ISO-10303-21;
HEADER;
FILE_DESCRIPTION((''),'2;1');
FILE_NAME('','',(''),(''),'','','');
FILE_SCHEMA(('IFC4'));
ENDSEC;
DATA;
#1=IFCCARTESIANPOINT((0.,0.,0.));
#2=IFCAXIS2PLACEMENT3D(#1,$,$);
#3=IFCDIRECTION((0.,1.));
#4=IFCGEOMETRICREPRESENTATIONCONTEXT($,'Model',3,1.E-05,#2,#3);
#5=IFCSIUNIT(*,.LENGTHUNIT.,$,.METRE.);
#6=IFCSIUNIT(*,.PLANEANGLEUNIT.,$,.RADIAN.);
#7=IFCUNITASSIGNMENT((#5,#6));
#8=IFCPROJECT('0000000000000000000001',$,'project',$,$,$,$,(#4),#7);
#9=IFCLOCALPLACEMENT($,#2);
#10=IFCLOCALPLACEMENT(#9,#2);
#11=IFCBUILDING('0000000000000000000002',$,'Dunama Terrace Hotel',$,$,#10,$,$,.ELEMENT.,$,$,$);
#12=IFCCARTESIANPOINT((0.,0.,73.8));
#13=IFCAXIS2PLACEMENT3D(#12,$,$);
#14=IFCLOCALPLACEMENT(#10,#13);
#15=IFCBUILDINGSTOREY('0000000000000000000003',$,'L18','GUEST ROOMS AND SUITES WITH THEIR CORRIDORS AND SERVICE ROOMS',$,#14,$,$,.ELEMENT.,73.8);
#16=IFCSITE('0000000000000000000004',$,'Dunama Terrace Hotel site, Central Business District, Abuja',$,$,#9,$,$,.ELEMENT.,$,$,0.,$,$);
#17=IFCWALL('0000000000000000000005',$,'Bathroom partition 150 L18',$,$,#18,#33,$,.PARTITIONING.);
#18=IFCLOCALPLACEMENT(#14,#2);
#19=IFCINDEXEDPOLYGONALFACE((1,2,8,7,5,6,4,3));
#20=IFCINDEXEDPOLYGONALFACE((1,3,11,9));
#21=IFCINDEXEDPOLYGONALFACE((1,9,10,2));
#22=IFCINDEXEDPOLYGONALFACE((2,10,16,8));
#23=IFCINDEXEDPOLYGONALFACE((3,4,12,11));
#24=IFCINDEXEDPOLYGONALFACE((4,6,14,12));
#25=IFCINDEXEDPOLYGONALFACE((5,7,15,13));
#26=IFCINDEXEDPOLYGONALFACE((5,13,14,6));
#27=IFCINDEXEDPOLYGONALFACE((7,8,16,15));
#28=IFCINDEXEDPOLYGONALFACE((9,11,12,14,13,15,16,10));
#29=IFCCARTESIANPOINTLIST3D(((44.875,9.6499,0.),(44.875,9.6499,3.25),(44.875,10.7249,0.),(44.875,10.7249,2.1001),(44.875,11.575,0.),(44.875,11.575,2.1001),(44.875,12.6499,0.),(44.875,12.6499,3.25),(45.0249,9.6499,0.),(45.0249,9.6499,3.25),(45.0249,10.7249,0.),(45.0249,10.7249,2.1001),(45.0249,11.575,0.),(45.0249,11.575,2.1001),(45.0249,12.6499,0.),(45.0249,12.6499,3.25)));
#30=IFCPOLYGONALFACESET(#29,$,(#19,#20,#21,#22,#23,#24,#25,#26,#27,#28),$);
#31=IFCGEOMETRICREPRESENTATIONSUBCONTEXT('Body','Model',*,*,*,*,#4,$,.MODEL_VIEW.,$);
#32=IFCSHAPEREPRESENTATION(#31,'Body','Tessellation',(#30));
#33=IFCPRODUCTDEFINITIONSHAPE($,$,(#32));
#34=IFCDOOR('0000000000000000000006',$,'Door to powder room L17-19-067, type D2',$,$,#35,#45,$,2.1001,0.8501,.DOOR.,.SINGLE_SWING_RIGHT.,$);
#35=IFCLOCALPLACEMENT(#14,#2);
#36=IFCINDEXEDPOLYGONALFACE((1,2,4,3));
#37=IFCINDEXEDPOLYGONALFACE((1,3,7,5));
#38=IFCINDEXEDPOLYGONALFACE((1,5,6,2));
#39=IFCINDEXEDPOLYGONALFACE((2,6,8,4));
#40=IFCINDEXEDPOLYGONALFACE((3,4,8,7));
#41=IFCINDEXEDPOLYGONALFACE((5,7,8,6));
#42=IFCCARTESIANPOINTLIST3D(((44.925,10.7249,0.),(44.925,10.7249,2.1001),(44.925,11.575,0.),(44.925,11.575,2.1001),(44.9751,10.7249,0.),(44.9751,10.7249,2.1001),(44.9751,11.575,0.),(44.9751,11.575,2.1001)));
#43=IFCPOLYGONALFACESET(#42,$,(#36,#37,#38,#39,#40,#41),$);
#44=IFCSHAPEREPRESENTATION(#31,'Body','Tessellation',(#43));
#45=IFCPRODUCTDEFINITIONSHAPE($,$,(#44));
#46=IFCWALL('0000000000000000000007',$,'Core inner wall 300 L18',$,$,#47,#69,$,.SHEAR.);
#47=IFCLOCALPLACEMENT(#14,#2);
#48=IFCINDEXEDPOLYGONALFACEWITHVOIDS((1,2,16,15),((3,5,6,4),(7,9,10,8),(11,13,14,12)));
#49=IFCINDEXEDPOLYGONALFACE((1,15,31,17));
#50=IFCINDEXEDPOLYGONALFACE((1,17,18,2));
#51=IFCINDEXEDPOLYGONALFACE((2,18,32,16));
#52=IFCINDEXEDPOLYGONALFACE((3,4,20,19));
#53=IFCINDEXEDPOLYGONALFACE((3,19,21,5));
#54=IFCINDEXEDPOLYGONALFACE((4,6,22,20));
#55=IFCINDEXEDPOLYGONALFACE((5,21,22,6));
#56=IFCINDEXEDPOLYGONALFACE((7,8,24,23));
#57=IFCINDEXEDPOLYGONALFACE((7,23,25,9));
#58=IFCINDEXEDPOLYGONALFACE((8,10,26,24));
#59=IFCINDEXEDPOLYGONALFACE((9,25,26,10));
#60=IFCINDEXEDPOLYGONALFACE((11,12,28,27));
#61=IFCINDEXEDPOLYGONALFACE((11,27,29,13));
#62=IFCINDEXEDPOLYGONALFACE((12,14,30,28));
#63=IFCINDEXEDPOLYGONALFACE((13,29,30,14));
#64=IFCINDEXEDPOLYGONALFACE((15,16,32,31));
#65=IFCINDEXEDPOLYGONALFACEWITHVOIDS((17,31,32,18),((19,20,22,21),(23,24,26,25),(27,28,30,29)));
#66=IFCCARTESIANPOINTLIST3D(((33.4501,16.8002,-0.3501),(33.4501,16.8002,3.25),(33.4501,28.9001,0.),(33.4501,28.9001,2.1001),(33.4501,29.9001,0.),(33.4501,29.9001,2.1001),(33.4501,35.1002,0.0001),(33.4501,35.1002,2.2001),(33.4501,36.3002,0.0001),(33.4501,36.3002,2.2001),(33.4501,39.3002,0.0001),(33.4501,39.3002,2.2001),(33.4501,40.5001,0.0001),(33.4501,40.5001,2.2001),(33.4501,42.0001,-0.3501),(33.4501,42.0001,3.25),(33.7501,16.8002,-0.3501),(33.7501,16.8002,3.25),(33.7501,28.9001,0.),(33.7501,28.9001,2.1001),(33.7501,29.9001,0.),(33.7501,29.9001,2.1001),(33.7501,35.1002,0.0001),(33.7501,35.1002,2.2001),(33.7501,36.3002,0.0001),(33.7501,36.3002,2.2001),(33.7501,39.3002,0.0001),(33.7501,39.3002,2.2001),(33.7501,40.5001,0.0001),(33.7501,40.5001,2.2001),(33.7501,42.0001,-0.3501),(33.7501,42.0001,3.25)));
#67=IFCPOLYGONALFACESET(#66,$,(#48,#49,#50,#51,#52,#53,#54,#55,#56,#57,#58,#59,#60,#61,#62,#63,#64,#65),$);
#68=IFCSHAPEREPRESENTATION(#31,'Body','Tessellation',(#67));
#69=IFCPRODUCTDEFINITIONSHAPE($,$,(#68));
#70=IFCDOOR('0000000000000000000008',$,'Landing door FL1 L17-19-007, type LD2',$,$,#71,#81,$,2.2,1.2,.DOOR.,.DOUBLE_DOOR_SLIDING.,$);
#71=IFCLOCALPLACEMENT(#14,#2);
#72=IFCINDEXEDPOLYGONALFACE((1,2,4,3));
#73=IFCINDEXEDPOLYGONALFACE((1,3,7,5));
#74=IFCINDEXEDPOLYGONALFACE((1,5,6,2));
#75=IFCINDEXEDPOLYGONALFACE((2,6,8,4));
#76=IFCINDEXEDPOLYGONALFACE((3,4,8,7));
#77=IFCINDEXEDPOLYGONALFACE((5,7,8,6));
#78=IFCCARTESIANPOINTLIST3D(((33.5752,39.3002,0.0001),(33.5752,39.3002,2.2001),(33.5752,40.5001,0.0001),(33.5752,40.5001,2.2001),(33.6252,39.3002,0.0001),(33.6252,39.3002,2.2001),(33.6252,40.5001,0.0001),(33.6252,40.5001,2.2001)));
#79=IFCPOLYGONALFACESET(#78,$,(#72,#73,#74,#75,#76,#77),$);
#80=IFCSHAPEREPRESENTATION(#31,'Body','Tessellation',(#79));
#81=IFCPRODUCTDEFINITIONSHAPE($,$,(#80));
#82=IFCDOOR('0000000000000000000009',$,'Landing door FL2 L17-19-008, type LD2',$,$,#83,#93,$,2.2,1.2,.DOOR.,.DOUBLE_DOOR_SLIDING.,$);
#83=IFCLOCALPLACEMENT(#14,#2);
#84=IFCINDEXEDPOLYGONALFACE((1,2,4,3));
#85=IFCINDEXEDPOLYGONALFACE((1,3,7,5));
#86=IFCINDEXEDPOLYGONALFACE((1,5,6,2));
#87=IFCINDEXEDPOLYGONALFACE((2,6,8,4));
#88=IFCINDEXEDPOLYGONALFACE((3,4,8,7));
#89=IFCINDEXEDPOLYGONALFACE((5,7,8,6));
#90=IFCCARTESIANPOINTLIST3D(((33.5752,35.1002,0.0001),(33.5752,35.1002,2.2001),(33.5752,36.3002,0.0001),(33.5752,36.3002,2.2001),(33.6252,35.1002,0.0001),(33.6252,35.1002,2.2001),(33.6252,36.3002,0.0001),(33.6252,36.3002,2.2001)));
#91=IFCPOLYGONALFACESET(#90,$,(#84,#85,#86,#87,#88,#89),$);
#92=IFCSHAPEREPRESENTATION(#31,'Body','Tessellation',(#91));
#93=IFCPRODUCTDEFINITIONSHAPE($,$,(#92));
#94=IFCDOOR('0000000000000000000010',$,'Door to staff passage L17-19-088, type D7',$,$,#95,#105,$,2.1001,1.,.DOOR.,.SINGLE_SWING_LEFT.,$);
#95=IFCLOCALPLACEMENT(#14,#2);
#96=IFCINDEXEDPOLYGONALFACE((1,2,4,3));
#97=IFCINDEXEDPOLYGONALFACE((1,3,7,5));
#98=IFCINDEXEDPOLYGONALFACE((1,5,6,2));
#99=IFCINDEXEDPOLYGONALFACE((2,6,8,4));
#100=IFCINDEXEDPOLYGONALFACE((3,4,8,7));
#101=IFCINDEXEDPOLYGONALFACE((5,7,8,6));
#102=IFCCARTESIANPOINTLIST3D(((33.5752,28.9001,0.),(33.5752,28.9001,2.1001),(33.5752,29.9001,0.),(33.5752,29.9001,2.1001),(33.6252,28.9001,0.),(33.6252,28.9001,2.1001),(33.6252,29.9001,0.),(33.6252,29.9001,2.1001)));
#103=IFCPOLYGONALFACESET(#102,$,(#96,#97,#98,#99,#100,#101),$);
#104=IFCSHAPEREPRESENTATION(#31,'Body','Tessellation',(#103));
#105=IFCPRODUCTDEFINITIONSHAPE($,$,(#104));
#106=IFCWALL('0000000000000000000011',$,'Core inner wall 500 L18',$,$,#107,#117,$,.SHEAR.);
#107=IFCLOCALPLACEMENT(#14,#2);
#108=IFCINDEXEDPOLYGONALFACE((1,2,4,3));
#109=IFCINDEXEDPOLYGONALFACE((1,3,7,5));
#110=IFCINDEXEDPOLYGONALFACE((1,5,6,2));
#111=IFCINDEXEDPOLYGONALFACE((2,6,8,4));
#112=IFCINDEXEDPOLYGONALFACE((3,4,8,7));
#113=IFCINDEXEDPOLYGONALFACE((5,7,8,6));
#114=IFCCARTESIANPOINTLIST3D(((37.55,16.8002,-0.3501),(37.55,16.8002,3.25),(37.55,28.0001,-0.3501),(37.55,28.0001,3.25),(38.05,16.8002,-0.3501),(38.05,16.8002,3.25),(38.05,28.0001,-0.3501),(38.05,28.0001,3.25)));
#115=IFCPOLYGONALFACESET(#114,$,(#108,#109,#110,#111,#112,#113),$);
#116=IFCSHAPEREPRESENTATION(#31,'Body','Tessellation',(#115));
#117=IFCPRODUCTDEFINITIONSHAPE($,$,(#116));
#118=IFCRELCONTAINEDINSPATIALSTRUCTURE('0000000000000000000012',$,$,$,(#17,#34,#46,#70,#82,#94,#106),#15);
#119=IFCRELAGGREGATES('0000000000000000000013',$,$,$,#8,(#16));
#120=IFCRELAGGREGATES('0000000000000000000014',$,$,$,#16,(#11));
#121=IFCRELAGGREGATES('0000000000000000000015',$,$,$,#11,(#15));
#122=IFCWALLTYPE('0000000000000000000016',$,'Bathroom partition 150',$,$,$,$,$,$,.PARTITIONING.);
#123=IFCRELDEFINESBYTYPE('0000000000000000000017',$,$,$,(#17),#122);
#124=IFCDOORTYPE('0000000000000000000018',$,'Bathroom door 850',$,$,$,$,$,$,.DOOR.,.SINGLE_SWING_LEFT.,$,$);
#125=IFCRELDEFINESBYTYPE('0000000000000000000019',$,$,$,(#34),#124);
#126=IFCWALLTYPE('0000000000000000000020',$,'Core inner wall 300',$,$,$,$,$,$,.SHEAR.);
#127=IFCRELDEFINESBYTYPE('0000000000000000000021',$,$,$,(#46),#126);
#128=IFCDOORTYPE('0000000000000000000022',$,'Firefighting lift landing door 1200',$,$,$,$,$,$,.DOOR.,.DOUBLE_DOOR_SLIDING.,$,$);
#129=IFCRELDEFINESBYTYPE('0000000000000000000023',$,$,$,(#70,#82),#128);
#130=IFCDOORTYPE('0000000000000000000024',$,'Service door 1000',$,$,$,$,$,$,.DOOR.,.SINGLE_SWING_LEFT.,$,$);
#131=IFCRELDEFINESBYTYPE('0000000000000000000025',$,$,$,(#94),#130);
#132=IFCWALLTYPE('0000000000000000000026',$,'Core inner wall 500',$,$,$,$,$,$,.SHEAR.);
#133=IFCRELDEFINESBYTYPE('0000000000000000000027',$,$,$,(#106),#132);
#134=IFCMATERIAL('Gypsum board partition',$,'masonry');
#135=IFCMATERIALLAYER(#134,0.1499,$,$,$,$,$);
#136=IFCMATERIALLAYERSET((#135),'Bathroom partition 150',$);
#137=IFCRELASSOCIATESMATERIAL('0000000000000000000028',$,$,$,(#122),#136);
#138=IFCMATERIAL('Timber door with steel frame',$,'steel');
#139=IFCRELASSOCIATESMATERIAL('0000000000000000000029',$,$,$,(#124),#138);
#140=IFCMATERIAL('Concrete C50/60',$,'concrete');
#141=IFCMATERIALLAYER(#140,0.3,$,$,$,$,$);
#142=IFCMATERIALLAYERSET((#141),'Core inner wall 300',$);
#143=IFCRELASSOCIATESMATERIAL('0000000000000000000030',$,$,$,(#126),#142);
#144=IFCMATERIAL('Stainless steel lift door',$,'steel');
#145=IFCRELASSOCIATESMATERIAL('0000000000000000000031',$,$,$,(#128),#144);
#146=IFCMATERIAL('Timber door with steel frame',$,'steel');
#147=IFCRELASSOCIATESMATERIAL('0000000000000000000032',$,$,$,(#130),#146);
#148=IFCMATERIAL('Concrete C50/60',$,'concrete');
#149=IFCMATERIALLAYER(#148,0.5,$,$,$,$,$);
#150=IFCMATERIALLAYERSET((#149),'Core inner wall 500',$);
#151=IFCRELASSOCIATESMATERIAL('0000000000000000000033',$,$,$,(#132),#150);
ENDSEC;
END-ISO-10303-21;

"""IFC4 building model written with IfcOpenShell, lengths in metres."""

from ifc_helpers import new_model, si_unit, direction, frame, frame_2d, origin, place, context, subcontext, project, spatial, rectangle, extrude, material, layer, layer_set, type_object, element, fill, save


model = new_model("IFC4")

# Units and contexts
model_context = context("Model", 3, precision=1e-05, world=origin(), true_north=direction((0.0, 1.0)))
body_context = subcontext(model_context, "Body", "Model", "MODEL_VIEW")
ifc_project = project(units=[si_unit("LENGTHUNIT", "METRE"), si_unit("PLANEANGLEUNIT", "RADIAN")], contexts=[model_context])

# Site, building, storey
site_placement = place(None, origin())
site = spatial("IfcSite", under=ifc_project, at=site_placement, Name="Dunama Terrace Hotel site, Central Business District, Abuja", CompositionType="ELEMENT", RefElevation=0.0)
building_placement = place(site_placement, origin())
building = spatial("IfcBuilding", under=site, at=building_placement, Name="Dunama Terrace Hotel", CompositionType="ELEMENT")
storey_placement = place(building_placement, frame((0.0, 0.0, 73.8)))
storey = spatial("IfcBuildingStorey", under=building, at=storey_placement, Name="L18", Description="GUEST ROOMS AND SUITES WITH THEIR CORRIDORS AND SERVICE ROOMS", CompositionType="ELEMENT", Elevation=73.8)

# Wall, opening, door
ifc_material_1 = material(Name="Gypsum board partition", Category="masonry")
ifc_layer_1 = layer(ifc_material_1, 0.1499)
ifc_layer_set_1 = layer_set([ifc_layer_1], Name="Bathroom partition 150")
wall_type_1 = type_object("IfcWallType", Name="Bathroom partition 150", PredefinedType="PARTITIONING", material=ifc_layer_set_1)
wall_1_placement = place(storey_placement, frame((44.95, 9.6499, 0.0), z_axis=(0.0, 0.0, 1.0), x_axis=(0.0, 1.0, 0.0)))
wall_1 = element("IfcWall", 1, at=wall_1_placement, inside=storey, type_object=wall_type_1, Name="Bathroom partition 150 L18", PredefinedType="PARTITIONING", context=body_context, shape_type="SweptSolid", body=[
    extrude(rectangle(XDim=3.0, YDim=0.1499, at=frame_2d((1.5, 0.0))), origin(), (0.0, 0.0, 1.0), 3.25),
])
opening_1_placement = place(wall_1_placement, frame((1.075, 0.0, 0.0)))
opening_1 = element("IfcOpeningElement", 2, at=opening_1_placement, cuts=wall_1, PredefinedType="OPENING", context=body_context, shape_type="SweptSolid", body=[
    extrude(rectangle(XDim=0.8501, YDim=2.1001, at=frame_2d((0.425, 1.05))), frame((0.0, 0.085, 0.0), z_axis=(0.0, -1.0, 0.0), x_axis=(1.0, 0.0, 0.0)), (0.0, 0.0, 1.0), 0.1699),
])
ifc_material_2 = material(Name="Timber door with steel frame", Category="steel")
door_type_1 = type_object("IfcDoorType", Name="Bathroom door 850", OperationType="SINGLE_SWING_LEFT", PredefinedType="DOOR", material=ifc_material_2)
door_1_placement = place(opening_1_placement, origin())
door_1 = element("IfcDoor", 3, at=door_1_placement, inside=storey, type_object=door_type_1, Name="Door to powder room L17-19-067, type D2", OperationType="SINGLE_SWING_RIGHT", OverallHeight=2.1001, OverallWidth=0.8501, PredefinedType="DOOR", context=body_context, shape_type="SweptSolid", body=[
    extrude(rectangle(XDim=0.8501, YDim=2.1001, at=frame_2d((0.425, 1.05))), frame((0.0, 0.0249, 0.0), z_axis=(0.0, -1.0, 0.0), x_axis=(1.0, 0.0, 0.0)), (0.0, 0.0, 1.0), 0.05),
])
fill(opening_1, door_1)

# Wall, openings, doors
ifc_material_3 = material(Name="Concrete C50/60", Category="concrete")
ifc_layer_2 = layer(ifc_material_3, 0.3)
ifc_layer_set_2 = layer_set([ifc_layer_2], Name="Core inner wall 300")
wall_type_2 = type_object("IfcWallType", Name="Core inner wall 300", PredefinedType="SHEAR", material=ifc_layer_set_2)
wall_2_placement = place(storey_placement, frame((33.6001, 16.8, -0.3501), z_axis=(0.0, 0.0, 1.0), x_axis=(0.0, 1.0, 0.0)))
wall_2 = element("IfcWall", 4, at=wall_2_placement, inside=storey, type_object=wall_type_2, Name="Core inner wall 300 L18", PredefinedType="SHEAR", context=body_context, shape_type="SweptSolid", body=[
    extrude(rectangle(XDim=25.2, YDim=0.3, at=frame_2d((12.6001, 0.0))), origin(), (0.0, 0.0, 1.0), 3.6001),
])
opening_2_placement = place(wall_2_placement, frame((22.5, 0.0, 0.3501)))
opening_2 = element("IfcOpeningElement", 5, at=opening_2_placement, cuts=wall_2, PredefinedType="OPENING", context=body_context, shape_type="SweptSolid", body=[
    extrude(rectangle(XDim=1.2, YDim=2.2, at=frame_2d((0.6001, 1.1001))), frame((0.0, 0.1599, 0.0), z_axis=(0.0, -1.0, 0.0), x_axis=(1.0, 0.0, 0.0)), (0.0, 0.0, 1.0), 0.3201),
])
opening_3_placement = place(wall_2_placement, frame((18.3, 0.0, 0.3501)))
opening_3 = element("IfcOpeningElement", 6, at=opening_3_placement, cuts=wall_2, PredefinedType="OPENING", context=body_context, shape_type="SweptSolid", body=[
    extrude(rectangle(XDim=1.2, YDim=2.2, at=frame_2d((0.6001, 1.1001))), frame((0.0, 0.1599, 0.0), z_axis=(0.0, -1.0, 0.0), x_axis=(1.0, 0.0, 0.0)), (0.0, 0.0, 1.0), 0.3201),
])
opening_4_placement = place(wall_2_placement, frame((12.1001, 0.0, 0.3501)))
opening_4 = element("IfcOpeningElement", 7, at=opening_4_placement, cuts=wall_2, PredefinedType="OPENING", context=body_context, shape_type="SweptSolid", body=[
    extrude(rectangle(XDim=1.0, YDim=2.1001, at=frame_2d((0.5, 1.05))), frame((0.0, 0.1599, 0.0), z_axis=(0.0, -1.0, 0.0), x_axis=(1.0, 0.0, 0.0)), (0.0, 0.0, 1.0), 0.3201),
])
ifc_material_4 = material(Name="Stainless steel lift door", Category="steel")
door_type_2 = type_object("IfcDoorType", Name="Firefighting lift landing door 1200", OperationType="DOUBLE_DOOR_SLIDING", PredefinedType="DOOR", material=ifc_material_4)
door_2_placement = place(opening_2_placement, origin())
door_2 = element("IfcDoor", 8, at=door_2_placement, inside=storey, type_object=door_type_2, Name="Landing door FL1 L17-19-007, type LD2", OperationType="DOUBLE_DOOR_SLIDING", OverallHeight=2.2, OverallWidth=1.2, PredefinedType="DOOR", context=body_context, shape_type="SweptSolid", body=[
    extrude(rectangle(XDim=1.2, YDim=2.2, at=frame_2d((0.6001, 1.1001))), frame((0.0, 0.0249, 0.0), z_axis=(0.0, -1.0, 0.0), x_axis=(1.0, 0.0, 0.0)), (0.0, 0.0, 1.0), 0.05),
])
fill(opening_2, door_2)
door_3_placement = place(opening_3_placement, origin())
door_3 = element("IfcDoor", 9, at=door_3_placement, inside=storey, type_object=door_type_2, Name="Landing door FL2 L17-19-008, type LD2", OperationType="DOUBLE_DOOR_SLIDING", OverallHeight=2.2, OverallWidth=1.2, PredefinedType="DOOR", context=body_context, shape_type="SweptSolid", body=[
    extrude(rectangle(XDim=1.2, YDim=2.2, at=frame_2d((0.6001, 1.1001))), frame((0.0, 0.0249, 0.0), z_axis=(0.0, -1.0, 0.0), x_axis=(1.0, 0.0, 0.0)), (0.0, 0.0, 1.0), 0.05),
])
fill(opening_3, door_3)
ifc_material_5 = material(Name="Timber door with steel frame", Category="steel")
door_type_3 = type_object("IfcDoorType", Name="Service door 1000", OperationType="SINGLE_SWING_LEFT", PredefinedType="DOOR", material=ifc_material_5)
door_4_placement = place(opening_4_placement, origin())
door_4 = element("IfcDoor", 10, at=door_4_placement, inside=storey, type_object=door_type_3, Name="Door to staff passage L17-19-088, type D7", OperationType="SINGLE_SWING_LEFT", OverallHeight=2.1001, OverallWidth=1.0, PredefinedType="DOOR", context=body_context, shape_type="SweptSolid", body=[
    extrude(rectangle(XDim=1.0, YDim=2.1001, at=frame_2d((0.5, 1.05))), frame((0.0, 0.0249, 0.0), z_axis=(0.0, -1.0, 0.0), x_axis=(1.0, 0.0, 0.0)), (0.0, 0.0, 1.0), 0.05),
])
fill(opening_4, door_4)

# Wall
ifc_material_6 = material(Name="Concrete C50/60", Category="concrete")
ifc_layer_3 = layer(ifc_material_6, 0.5)
ifc_layer_set_3 = layer_set([ifc_layer_3], Name="Core inner wall 500")
wall_type_3 = type_object("IfcWallType", Name="Core inner wall 500", PredefinedType="SHEAR", material=ifc_layer_set_3)
wall_3_placement = place(storey_placement, frame((37.8, 16.8, -0.3501), z_axis=(0.0, 0.0, 1.0), x_axis=(0.0, 1.0, 0.0)))
element("IfcWall", 11, at=wall_3_placement, inside=storey, type_object=wall_type_3, Name="Core inner wall 500 L18", PredefinedType="SHEAR", context=body_context, shape_type="SweptSolid", body=[
    extrude(rectangle(XDim=11.2, YDim=0.5, at=frame_2d((5.6001, 0.0))), origin(), (0.0, 0.0, 1.0), 3.6001),
])

save(model, "model.ifc")
